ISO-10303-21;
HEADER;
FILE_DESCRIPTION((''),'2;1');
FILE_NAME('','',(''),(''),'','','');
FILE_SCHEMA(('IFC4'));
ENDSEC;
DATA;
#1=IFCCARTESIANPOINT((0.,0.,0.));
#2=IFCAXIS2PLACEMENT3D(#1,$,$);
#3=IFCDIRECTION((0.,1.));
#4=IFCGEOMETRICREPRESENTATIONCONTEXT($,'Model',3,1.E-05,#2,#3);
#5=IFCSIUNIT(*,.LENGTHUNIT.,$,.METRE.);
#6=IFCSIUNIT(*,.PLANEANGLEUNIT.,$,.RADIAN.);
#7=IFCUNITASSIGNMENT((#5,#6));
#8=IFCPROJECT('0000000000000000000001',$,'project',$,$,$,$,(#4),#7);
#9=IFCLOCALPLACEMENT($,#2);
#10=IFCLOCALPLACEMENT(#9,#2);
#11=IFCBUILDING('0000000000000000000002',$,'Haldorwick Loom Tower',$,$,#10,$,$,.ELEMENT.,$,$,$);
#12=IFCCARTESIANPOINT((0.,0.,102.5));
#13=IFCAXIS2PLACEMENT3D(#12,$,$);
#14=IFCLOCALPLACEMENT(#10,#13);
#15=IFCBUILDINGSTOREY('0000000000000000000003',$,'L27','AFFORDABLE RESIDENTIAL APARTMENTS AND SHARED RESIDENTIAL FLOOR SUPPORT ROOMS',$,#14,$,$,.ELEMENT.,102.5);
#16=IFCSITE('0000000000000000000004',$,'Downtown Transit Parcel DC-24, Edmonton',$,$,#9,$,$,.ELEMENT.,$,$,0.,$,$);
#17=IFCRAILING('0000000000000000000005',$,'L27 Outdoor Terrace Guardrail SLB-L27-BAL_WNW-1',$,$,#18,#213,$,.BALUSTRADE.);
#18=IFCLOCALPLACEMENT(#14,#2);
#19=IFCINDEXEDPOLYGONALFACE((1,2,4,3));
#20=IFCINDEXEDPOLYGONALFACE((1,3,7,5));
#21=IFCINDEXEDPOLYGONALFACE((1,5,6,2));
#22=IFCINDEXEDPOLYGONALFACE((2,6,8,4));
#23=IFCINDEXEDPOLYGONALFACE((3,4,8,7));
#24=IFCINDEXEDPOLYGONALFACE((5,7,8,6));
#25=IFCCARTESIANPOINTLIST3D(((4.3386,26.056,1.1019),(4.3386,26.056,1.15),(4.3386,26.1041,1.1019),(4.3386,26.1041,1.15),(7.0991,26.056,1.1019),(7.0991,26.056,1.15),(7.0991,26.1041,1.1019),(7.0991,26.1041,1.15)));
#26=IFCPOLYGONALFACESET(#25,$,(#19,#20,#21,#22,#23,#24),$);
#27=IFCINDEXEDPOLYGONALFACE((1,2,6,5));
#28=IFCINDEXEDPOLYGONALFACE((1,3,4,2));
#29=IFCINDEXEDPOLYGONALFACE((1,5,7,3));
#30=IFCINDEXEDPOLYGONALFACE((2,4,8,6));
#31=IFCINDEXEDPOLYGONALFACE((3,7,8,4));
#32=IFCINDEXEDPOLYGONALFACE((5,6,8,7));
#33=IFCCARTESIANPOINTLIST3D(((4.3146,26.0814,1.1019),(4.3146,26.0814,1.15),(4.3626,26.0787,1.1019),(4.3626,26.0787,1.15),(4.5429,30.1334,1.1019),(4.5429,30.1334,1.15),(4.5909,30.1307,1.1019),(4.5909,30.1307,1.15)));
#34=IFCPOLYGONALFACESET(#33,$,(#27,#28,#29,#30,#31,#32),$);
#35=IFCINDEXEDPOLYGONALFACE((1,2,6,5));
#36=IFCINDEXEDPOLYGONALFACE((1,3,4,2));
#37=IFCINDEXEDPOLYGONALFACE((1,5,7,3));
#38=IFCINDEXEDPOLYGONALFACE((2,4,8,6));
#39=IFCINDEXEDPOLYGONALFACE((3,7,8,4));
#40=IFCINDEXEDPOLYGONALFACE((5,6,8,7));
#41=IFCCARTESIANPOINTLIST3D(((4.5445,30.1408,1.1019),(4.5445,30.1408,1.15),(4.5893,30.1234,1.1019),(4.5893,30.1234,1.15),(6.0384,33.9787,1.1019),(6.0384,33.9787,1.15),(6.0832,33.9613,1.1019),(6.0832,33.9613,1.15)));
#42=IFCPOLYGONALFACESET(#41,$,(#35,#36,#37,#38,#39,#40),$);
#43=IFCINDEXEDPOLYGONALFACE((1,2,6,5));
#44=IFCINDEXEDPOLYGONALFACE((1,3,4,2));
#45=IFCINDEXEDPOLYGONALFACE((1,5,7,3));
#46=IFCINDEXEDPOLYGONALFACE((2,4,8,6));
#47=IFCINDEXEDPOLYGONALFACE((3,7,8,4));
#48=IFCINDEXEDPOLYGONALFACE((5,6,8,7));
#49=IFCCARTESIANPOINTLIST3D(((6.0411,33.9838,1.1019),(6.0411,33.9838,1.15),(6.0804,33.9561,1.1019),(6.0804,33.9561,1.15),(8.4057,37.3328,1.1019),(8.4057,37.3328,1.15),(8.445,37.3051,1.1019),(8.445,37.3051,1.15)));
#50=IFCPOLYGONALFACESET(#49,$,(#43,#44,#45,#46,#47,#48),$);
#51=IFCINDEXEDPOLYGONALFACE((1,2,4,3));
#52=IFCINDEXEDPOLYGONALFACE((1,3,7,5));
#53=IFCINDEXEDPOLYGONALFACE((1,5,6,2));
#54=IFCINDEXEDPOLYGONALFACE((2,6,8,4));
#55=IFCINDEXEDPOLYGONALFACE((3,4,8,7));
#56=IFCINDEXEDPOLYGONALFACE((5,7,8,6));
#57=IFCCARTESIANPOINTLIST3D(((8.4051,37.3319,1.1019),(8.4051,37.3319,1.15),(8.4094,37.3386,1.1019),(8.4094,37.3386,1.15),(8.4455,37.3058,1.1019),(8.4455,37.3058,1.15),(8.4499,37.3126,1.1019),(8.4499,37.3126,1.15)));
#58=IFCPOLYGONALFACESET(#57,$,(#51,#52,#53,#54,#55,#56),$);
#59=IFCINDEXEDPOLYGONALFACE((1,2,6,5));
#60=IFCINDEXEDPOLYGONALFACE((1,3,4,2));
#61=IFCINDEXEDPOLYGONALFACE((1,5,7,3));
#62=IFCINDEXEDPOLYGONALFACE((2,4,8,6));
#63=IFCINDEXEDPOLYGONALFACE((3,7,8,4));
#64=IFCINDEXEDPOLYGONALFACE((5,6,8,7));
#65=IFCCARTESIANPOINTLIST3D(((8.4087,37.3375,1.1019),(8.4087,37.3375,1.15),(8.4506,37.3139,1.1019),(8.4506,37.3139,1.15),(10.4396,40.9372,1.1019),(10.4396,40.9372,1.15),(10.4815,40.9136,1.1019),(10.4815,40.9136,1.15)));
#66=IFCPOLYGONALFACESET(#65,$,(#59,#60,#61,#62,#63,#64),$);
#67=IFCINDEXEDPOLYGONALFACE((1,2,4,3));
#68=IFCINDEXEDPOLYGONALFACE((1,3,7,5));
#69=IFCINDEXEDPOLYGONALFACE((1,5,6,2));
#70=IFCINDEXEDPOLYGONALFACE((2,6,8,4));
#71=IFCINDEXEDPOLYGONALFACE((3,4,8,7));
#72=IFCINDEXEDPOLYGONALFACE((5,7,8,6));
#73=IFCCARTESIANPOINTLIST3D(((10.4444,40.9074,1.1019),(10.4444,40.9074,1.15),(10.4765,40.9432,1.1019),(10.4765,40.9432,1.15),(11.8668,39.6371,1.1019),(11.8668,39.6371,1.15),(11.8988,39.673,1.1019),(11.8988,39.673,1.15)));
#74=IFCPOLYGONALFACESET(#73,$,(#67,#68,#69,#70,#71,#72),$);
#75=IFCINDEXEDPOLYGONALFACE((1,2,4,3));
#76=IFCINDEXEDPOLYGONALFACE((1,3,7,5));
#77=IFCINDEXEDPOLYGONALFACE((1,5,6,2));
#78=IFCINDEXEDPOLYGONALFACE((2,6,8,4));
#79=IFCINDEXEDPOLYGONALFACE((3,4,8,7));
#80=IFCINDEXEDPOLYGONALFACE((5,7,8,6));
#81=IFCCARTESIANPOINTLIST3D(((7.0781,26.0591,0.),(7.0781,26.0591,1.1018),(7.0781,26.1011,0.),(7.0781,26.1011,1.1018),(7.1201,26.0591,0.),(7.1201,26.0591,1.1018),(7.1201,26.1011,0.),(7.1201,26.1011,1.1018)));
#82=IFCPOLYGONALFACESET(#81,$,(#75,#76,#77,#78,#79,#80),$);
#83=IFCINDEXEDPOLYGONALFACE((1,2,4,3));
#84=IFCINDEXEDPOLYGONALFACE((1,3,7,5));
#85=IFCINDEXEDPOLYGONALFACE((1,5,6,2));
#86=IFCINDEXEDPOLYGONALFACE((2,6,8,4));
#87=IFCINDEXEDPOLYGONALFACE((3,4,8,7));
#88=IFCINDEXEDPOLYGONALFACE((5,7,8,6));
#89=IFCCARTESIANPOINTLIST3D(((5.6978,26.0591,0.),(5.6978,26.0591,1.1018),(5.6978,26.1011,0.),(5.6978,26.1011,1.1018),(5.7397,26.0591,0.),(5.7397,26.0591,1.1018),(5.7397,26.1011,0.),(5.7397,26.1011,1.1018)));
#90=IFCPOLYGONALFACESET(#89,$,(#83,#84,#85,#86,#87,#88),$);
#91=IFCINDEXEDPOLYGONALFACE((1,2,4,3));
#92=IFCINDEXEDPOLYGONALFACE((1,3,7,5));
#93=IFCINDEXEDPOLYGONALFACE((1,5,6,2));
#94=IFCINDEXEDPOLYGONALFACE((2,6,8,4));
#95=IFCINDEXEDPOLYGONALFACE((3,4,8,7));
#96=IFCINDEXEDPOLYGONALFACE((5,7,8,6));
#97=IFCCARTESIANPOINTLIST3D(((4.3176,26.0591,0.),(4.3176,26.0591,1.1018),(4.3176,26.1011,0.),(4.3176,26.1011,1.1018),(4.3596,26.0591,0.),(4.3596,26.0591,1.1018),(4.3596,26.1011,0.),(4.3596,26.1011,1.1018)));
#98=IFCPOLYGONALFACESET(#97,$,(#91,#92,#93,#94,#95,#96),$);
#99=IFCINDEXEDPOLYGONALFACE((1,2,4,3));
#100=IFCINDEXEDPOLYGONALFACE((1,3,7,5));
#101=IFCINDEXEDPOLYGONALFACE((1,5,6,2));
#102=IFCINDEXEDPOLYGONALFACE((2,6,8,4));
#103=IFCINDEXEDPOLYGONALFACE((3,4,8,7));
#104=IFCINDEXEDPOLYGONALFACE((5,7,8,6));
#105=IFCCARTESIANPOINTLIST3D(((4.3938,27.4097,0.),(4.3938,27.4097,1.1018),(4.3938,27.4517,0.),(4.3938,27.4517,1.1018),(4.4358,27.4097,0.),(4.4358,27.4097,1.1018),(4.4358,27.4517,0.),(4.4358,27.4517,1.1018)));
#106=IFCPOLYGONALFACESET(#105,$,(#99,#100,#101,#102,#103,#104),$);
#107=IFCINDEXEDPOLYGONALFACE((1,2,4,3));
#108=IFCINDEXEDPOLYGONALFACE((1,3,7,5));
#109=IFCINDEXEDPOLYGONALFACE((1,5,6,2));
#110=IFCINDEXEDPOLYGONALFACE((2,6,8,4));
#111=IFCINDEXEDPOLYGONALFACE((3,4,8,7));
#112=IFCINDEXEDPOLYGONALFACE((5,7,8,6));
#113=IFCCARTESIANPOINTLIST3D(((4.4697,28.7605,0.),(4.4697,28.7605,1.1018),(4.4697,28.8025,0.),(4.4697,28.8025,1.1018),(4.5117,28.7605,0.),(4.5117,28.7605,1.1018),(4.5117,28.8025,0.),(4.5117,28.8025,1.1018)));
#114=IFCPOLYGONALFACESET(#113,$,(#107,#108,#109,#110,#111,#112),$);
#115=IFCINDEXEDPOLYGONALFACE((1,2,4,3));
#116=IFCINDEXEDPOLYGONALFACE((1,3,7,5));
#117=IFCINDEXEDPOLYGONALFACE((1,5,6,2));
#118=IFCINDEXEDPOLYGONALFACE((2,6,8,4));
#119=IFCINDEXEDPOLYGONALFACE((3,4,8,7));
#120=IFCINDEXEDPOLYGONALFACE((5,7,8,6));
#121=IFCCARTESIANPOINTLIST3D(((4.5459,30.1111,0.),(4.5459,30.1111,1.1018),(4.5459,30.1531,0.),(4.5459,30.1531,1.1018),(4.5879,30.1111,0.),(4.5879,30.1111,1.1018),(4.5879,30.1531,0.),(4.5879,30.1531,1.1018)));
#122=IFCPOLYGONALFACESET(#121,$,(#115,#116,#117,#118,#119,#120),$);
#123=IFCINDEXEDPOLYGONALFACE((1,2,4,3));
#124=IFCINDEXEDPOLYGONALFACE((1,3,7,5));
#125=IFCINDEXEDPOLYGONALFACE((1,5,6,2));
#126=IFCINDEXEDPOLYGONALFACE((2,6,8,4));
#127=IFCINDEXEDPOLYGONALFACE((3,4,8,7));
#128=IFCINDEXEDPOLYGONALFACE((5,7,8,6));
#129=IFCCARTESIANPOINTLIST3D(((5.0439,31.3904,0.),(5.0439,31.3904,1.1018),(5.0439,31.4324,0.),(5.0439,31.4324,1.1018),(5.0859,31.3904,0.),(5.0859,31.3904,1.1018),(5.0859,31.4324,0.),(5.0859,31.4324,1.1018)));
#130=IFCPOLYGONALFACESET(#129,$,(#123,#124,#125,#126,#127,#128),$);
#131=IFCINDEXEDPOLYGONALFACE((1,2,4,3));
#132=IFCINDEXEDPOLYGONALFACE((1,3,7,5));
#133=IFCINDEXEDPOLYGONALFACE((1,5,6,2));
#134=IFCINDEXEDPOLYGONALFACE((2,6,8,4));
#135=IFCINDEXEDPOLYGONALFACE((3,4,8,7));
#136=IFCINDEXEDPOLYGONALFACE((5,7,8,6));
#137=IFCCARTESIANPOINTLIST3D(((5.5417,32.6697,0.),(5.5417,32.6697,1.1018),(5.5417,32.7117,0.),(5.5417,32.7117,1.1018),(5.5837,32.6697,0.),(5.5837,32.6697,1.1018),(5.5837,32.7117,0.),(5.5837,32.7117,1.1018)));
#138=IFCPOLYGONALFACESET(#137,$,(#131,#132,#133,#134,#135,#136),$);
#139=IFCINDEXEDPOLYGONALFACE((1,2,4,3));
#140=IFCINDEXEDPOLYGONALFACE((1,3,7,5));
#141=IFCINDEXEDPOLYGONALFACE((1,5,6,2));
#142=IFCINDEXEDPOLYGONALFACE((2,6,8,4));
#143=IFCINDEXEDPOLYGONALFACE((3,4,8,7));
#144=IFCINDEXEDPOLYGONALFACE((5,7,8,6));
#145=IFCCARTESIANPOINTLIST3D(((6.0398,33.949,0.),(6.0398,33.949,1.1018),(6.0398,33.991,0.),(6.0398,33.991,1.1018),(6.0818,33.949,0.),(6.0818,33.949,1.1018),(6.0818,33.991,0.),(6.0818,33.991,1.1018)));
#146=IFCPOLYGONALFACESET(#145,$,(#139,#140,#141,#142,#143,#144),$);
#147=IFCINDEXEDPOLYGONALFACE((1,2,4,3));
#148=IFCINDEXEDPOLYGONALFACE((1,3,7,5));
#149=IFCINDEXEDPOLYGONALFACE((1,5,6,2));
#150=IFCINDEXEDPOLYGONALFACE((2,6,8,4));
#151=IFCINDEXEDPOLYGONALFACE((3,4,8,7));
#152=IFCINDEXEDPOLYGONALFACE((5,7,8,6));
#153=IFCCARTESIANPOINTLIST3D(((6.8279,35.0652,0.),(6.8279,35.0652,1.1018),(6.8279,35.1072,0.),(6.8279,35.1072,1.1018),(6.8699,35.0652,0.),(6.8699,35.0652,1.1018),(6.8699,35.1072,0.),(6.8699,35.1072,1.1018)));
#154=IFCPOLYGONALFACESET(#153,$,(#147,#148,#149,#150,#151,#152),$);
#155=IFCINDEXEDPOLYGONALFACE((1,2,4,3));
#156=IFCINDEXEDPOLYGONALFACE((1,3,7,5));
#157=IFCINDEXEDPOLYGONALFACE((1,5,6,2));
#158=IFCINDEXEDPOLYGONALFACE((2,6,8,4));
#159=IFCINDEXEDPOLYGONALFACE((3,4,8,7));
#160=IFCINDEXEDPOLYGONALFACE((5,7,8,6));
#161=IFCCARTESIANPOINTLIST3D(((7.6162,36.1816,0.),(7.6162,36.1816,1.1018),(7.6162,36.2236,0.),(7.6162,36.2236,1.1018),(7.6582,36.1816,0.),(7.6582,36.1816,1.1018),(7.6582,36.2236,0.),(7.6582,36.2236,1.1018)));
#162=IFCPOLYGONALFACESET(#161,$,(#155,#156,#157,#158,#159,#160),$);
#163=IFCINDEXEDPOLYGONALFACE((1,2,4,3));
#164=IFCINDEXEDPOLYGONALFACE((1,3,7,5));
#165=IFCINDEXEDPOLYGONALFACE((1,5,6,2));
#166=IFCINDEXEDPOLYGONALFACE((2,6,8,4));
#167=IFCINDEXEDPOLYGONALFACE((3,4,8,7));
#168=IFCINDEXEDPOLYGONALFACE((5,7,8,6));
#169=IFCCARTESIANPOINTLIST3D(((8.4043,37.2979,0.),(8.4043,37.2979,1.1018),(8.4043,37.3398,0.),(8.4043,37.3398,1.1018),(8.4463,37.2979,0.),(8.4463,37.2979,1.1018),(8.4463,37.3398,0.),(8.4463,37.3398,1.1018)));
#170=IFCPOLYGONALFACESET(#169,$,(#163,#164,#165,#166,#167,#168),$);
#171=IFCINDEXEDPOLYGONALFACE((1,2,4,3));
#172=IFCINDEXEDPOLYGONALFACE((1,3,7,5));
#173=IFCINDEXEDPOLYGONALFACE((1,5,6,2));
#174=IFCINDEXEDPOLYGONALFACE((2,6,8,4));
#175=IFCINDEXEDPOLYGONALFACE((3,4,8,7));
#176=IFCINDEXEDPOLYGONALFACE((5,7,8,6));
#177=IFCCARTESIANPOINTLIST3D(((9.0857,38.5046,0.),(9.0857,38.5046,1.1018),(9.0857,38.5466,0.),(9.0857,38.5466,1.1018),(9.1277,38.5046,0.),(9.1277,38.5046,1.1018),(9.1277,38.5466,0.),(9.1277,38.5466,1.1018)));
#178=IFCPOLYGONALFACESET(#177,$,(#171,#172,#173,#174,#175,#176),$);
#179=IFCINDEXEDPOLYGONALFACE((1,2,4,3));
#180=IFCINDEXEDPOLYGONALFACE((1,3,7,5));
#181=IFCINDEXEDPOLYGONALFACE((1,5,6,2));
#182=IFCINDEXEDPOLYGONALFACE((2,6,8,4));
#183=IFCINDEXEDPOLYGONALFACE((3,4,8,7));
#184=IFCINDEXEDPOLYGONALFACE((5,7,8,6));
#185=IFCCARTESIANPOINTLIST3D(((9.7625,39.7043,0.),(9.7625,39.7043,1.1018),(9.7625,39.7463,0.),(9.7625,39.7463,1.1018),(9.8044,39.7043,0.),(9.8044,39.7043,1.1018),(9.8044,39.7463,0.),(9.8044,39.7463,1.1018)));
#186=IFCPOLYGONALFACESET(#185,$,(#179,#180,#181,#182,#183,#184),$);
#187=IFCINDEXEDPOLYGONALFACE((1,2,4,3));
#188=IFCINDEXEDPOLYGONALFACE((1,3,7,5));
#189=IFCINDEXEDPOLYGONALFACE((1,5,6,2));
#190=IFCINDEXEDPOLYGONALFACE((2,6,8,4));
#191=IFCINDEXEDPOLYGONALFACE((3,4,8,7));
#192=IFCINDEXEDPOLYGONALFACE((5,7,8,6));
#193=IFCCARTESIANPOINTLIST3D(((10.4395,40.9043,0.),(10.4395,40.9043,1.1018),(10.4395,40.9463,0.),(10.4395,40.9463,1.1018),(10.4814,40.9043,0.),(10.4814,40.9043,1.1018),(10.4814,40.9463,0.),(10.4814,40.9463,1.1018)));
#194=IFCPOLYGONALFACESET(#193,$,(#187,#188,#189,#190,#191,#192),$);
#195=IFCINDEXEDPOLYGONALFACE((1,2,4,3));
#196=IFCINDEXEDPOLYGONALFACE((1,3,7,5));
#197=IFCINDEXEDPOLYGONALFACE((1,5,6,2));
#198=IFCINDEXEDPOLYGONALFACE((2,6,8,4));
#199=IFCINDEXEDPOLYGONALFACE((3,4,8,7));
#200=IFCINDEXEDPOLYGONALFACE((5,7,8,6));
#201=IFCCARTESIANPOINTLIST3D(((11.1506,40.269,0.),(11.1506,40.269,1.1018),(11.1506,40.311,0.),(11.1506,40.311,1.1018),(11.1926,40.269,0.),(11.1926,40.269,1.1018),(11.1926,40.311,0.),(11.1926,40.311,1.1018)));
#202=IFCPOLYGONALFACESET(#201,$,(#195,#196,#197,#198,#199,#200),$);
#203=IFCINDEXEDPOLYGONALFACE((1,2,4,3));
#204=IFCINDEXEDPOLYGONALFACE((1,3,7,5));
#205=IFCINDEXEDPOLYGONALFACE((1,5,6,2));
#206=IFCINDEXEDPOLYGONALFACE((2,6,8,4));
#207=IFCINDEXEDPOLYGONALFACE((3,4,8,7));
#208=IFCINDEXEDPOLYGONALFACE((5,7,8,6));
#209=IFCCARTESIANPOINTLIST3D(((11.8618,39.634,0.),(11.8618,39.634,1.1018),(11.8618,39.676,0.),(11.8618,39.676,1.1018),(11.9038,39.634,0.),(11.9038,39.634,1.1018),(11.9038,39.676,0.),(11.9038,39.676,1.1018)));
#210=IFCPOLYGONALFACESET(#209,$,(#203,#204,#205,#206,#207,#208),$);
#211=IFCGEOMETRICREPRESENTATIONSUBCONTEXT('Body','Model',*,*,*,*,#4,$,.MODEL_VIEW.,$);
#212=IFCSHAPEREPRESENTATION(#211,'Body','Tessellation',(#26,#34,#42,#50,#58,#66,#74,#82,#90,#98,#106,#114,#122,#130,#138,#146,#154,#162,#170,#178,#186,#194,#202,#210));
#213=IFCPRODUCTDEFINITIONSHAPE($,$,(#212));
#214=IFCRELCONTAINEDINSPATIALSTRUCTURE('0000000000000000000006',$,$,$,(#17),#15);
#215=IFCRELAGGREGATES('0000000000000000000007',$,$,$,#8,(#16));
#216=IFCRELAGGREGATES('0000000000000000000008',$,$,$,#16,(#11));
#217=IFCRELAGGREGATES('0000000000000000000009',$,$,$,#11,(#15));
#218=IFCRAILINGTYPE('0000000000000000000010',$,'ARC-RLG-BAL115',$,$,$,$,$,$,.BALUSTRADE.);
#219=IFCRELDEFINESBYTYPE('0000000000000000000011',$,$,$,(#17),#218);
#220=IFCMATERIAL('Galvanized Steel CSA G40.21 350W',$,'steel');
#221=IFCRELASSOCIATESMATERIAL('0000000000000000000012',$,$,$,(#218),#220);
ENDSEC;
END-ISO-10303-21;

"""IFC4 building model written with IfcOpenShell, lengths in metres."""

from ifc_helpers import new_model, si_unit, direction, frame, origin, origin_2d, place, context, subcontext, project, spatial, rectangle, extrude, material, type_object, element, save


model = new_model("IFC4")

# Units and contexts
model_context = context("Model", 3, precision=1e-05, world=origin(), true_north=direction((0.0, 1.0)))
body_context = subcontext(model_context, "Body", "Model", "MODEL_VIEW")
ifc_project = project(units=[si_unit("LENGTHUNIT", "METRE"), si_unit("PLANEANGLEUNIT", "RADIAN")], contexts=[model_context])

# Site, building, storey
site_placement = place(None, origin())
site = spatial("IfcSite", under=ifc_project, at=site_placement, Name="Downtown Transit Parcel DC-24, Edmonton", CompositionType="ELEMENT", RefElevation=0.0)
building_placement = place(site_placement, origin())
building = spatial("IfcBuilding", under=site, at=building_placement, Name="Haldorwick Loom Tower", CompositionType="ELEMENT")
storey_placement = place(building_placement, frame((0.0, 0.0, 102.5)))
storey = spatial("IfcBuildingStorey", under=building, at=storey_placement, Name="L27", Description="AFFORDABLE RESIDENTIAL APARTMENTS AND SHARED RESIDENTIAL FLOOR SUPPORT ROOMS", CompositionType="ELEMENT", Elevation=102.5)

# Railing
ifc_material_1 = material(Name="Galvanized Steel CSA G40.21 350W", Category="steel")
railing_type = type_object("IfcRailingType", Name="ARC-RLG-BAL115", PredefinedType="BALUSTRADE", material=ifc_material_1)
railing_placement = place(storey_placement, frame((7.0991, 26.0801, 0.0)))
element("IfcRailing", 1, at=railing_placement, inside=storey, type_object=railing_type, Name="L27 Outdoor Terrace Guardrail SLB-L27-BAL_WNW-1", PredefinedType="BALUSTRADE", context=body_context, shape_type="SweptSolid", body=[
    extrude(rectangle(XDim=0.0481, YDim=0.0481, at=origin_2d()), frame((0.0, 0.0, 1.126), z_axis=(-1.0, 0.0, 0.0), x_axis=(0.0, -1.0, 0.0)), (0.0, 0.0, 1.0), 2.7605),
    extrude(rectangle(XDim=0.0481, YDim=0.0481, at=origin_2d()), frame((-2.7605, 0.0, 1.126), z_axis=(0.056246, 0.998417, 0.0), x_axis=(-0.998417, 0.056246, 0.0)), (0.0, 0.0, 1.0), 4.0583),
    extrude(rectangle(XDim=0.0481, YDim=0.0481, at=origin_2d()), frame((-2.5322, 4.052, 1.126), z_axis=(0.362738, 0.931891, 0.0), x_axis=(-0.931891, 0.362738, 0.0)), (0.0, 0.0, 1.0), 4.1184),
    extrude(rectangle(XDim=0.0481, YDim=0.0481, at=origin_2d()), frame((-1.0383, 7.8899, 1.126), z_axis=(0.576779, 0.8169, 0.0), x_axis=(-0.8169, 0.576779, 0.0)), (0.0, 0.0, 1.0), 4.0996),
    extrude(rectangle(XDim=0.0481, YDim=0.0481, at=origin_2d()), frame((1.3262, 11.2388, 1.126), z_axis=(0.540758, 0.841178, 0.0), x_axis=(-0.841178, 0.540758, 0.0)), (0.0, 0.0, 1.0), 0.0081),
    extrude(rectangle(XDim=0.0481, YDim=0.0481, at=origin_2d()), frame((1.3306, 11.2456, 1.126), z_axis=(0.49136, 0.870956, 0.0), x_axis=(-0.870956, 0.49136, 0.0)), (0.0, 0.0, 1.0), 4.1331),
    extrude(rectangle(XDim=0.0481, YDim=0.0481, at=origin_2d()), frame((3.3613, 14.8452, 1.126), z_axis=(0.74586, -0.666102, 0.0), x_axis=(0.666102, 0.74586, 0.0)), (0.0, 0.0, 1.0), 1.907),
    extrude(rectangle(XDim=0.042, YDim=0.042, at=origin_2d()), origin(), (0.0, 0.0, 1.0), 1.1018),
    extrude(rectangle(XDim=0.042, YDim=0.042, at=origin_2d()), frame((-1.3804, 0.0, 0.0)), (0.0, 0.0, 1.0), 1.1018),
    extrude(rectangle(XDim=0.042, YDim=0.042, at=origin_2d()), frame((-2.7605, 0.0, 0.0)), (0.0, 0.0, 1.0), 1.1018),
    extrude(rectangle(XDim=0.042, YDim=0.042, at=origin_2d()), frame((-2.6843, 1.3506, 0.0)), (0.0, 0.0, 1.0), 1.1018),
    extrude(rectangle(XDim=0.042, YDim=0.042, at=origin_2d()), frame((-2.6084, 2.7014, 0.0)), (0.0, 0.0, 1.0), 1.1018),
    extrude(rectangle(XDim=0.042, YDim=0.042, at=origin_2d()), frame((-2.5322, 4.052, 0.0)), (0.0, 0.0, 1.0), 1.1018),
    extrude(rectangle(XDim=0.042, YDim=0.042, at=origin_2d()), frame((-2.0342, 5.3313, 0.0)), (0.0, 0.0, 1.0), 1.1018),
    extrude(rectangle(XDim=0.042, YDim=0.042, at=origin_2d()), frame((-1.5364, 6.6106, 0.0)), (0.0, 0.0, 1.0), 1.1018),
    extrude(rectangle(XDim=0.042, YDim=0.042, at=origin_2d()), frame((-1.0383, 7.8899, 0.0)), (0.0, 0.0, 1.0), 1.1018),
    extrude(rectangle(XDim=0.042, YDim=0.042, at=origin_2d()), frame((-0.2502, 9.0061, 0.0)), (0.0, 0.0, 1.0), 1.1018),
    extrude(rectangle(XDim=0.042, YDim=0.042, at=origin_2d()), frame((0.5381, 10.1226, 0.0)), (0.0, 0.0, 1.0), 1.1018),
    extrude(rectangle(XDim=0.042, YDim=0.042, at=origin_2d()), frame((1.3262, 11.2388, 0.0)), (0.0, 0.0, 1.0), 1.1018),
    extrude(rectangle(XDim=0.042, YDim=0.042, at=origin_2d()), frame((2.0076, 12.4456, 0.0)), (0.0, 0.0, 1.0), 1.1018),
    extrude(rectangle(XDim=0.042, YDim=0.042, at=origin_2d()), frame((2.6843, 13.6453, 0.0)), (0.0, 0.0, 1.0), 1.1018),
    extrude(rectangle(XDim=0.042, YDim=0.042, at=origin_2d()), frame((3.3613, 14.8452, 0.0)), (0.0, 0.0, 1.0), 1.1018),
    extrude(rectangle(XDim=0.042, YDim=0.042, at=origin_2d()), frame((4.0725, 14.21, 0.0)), (0.0, 0.0, 1.0), 1.1018),
    extrude(rectangle(XDim=0.042, YDim=0.042, at=origin_2d()), frame((4.7837, 13.575, 0.0)), (0.0, 0.0, 1.0), 1.1018),
])

save(model, "model.ifc")
